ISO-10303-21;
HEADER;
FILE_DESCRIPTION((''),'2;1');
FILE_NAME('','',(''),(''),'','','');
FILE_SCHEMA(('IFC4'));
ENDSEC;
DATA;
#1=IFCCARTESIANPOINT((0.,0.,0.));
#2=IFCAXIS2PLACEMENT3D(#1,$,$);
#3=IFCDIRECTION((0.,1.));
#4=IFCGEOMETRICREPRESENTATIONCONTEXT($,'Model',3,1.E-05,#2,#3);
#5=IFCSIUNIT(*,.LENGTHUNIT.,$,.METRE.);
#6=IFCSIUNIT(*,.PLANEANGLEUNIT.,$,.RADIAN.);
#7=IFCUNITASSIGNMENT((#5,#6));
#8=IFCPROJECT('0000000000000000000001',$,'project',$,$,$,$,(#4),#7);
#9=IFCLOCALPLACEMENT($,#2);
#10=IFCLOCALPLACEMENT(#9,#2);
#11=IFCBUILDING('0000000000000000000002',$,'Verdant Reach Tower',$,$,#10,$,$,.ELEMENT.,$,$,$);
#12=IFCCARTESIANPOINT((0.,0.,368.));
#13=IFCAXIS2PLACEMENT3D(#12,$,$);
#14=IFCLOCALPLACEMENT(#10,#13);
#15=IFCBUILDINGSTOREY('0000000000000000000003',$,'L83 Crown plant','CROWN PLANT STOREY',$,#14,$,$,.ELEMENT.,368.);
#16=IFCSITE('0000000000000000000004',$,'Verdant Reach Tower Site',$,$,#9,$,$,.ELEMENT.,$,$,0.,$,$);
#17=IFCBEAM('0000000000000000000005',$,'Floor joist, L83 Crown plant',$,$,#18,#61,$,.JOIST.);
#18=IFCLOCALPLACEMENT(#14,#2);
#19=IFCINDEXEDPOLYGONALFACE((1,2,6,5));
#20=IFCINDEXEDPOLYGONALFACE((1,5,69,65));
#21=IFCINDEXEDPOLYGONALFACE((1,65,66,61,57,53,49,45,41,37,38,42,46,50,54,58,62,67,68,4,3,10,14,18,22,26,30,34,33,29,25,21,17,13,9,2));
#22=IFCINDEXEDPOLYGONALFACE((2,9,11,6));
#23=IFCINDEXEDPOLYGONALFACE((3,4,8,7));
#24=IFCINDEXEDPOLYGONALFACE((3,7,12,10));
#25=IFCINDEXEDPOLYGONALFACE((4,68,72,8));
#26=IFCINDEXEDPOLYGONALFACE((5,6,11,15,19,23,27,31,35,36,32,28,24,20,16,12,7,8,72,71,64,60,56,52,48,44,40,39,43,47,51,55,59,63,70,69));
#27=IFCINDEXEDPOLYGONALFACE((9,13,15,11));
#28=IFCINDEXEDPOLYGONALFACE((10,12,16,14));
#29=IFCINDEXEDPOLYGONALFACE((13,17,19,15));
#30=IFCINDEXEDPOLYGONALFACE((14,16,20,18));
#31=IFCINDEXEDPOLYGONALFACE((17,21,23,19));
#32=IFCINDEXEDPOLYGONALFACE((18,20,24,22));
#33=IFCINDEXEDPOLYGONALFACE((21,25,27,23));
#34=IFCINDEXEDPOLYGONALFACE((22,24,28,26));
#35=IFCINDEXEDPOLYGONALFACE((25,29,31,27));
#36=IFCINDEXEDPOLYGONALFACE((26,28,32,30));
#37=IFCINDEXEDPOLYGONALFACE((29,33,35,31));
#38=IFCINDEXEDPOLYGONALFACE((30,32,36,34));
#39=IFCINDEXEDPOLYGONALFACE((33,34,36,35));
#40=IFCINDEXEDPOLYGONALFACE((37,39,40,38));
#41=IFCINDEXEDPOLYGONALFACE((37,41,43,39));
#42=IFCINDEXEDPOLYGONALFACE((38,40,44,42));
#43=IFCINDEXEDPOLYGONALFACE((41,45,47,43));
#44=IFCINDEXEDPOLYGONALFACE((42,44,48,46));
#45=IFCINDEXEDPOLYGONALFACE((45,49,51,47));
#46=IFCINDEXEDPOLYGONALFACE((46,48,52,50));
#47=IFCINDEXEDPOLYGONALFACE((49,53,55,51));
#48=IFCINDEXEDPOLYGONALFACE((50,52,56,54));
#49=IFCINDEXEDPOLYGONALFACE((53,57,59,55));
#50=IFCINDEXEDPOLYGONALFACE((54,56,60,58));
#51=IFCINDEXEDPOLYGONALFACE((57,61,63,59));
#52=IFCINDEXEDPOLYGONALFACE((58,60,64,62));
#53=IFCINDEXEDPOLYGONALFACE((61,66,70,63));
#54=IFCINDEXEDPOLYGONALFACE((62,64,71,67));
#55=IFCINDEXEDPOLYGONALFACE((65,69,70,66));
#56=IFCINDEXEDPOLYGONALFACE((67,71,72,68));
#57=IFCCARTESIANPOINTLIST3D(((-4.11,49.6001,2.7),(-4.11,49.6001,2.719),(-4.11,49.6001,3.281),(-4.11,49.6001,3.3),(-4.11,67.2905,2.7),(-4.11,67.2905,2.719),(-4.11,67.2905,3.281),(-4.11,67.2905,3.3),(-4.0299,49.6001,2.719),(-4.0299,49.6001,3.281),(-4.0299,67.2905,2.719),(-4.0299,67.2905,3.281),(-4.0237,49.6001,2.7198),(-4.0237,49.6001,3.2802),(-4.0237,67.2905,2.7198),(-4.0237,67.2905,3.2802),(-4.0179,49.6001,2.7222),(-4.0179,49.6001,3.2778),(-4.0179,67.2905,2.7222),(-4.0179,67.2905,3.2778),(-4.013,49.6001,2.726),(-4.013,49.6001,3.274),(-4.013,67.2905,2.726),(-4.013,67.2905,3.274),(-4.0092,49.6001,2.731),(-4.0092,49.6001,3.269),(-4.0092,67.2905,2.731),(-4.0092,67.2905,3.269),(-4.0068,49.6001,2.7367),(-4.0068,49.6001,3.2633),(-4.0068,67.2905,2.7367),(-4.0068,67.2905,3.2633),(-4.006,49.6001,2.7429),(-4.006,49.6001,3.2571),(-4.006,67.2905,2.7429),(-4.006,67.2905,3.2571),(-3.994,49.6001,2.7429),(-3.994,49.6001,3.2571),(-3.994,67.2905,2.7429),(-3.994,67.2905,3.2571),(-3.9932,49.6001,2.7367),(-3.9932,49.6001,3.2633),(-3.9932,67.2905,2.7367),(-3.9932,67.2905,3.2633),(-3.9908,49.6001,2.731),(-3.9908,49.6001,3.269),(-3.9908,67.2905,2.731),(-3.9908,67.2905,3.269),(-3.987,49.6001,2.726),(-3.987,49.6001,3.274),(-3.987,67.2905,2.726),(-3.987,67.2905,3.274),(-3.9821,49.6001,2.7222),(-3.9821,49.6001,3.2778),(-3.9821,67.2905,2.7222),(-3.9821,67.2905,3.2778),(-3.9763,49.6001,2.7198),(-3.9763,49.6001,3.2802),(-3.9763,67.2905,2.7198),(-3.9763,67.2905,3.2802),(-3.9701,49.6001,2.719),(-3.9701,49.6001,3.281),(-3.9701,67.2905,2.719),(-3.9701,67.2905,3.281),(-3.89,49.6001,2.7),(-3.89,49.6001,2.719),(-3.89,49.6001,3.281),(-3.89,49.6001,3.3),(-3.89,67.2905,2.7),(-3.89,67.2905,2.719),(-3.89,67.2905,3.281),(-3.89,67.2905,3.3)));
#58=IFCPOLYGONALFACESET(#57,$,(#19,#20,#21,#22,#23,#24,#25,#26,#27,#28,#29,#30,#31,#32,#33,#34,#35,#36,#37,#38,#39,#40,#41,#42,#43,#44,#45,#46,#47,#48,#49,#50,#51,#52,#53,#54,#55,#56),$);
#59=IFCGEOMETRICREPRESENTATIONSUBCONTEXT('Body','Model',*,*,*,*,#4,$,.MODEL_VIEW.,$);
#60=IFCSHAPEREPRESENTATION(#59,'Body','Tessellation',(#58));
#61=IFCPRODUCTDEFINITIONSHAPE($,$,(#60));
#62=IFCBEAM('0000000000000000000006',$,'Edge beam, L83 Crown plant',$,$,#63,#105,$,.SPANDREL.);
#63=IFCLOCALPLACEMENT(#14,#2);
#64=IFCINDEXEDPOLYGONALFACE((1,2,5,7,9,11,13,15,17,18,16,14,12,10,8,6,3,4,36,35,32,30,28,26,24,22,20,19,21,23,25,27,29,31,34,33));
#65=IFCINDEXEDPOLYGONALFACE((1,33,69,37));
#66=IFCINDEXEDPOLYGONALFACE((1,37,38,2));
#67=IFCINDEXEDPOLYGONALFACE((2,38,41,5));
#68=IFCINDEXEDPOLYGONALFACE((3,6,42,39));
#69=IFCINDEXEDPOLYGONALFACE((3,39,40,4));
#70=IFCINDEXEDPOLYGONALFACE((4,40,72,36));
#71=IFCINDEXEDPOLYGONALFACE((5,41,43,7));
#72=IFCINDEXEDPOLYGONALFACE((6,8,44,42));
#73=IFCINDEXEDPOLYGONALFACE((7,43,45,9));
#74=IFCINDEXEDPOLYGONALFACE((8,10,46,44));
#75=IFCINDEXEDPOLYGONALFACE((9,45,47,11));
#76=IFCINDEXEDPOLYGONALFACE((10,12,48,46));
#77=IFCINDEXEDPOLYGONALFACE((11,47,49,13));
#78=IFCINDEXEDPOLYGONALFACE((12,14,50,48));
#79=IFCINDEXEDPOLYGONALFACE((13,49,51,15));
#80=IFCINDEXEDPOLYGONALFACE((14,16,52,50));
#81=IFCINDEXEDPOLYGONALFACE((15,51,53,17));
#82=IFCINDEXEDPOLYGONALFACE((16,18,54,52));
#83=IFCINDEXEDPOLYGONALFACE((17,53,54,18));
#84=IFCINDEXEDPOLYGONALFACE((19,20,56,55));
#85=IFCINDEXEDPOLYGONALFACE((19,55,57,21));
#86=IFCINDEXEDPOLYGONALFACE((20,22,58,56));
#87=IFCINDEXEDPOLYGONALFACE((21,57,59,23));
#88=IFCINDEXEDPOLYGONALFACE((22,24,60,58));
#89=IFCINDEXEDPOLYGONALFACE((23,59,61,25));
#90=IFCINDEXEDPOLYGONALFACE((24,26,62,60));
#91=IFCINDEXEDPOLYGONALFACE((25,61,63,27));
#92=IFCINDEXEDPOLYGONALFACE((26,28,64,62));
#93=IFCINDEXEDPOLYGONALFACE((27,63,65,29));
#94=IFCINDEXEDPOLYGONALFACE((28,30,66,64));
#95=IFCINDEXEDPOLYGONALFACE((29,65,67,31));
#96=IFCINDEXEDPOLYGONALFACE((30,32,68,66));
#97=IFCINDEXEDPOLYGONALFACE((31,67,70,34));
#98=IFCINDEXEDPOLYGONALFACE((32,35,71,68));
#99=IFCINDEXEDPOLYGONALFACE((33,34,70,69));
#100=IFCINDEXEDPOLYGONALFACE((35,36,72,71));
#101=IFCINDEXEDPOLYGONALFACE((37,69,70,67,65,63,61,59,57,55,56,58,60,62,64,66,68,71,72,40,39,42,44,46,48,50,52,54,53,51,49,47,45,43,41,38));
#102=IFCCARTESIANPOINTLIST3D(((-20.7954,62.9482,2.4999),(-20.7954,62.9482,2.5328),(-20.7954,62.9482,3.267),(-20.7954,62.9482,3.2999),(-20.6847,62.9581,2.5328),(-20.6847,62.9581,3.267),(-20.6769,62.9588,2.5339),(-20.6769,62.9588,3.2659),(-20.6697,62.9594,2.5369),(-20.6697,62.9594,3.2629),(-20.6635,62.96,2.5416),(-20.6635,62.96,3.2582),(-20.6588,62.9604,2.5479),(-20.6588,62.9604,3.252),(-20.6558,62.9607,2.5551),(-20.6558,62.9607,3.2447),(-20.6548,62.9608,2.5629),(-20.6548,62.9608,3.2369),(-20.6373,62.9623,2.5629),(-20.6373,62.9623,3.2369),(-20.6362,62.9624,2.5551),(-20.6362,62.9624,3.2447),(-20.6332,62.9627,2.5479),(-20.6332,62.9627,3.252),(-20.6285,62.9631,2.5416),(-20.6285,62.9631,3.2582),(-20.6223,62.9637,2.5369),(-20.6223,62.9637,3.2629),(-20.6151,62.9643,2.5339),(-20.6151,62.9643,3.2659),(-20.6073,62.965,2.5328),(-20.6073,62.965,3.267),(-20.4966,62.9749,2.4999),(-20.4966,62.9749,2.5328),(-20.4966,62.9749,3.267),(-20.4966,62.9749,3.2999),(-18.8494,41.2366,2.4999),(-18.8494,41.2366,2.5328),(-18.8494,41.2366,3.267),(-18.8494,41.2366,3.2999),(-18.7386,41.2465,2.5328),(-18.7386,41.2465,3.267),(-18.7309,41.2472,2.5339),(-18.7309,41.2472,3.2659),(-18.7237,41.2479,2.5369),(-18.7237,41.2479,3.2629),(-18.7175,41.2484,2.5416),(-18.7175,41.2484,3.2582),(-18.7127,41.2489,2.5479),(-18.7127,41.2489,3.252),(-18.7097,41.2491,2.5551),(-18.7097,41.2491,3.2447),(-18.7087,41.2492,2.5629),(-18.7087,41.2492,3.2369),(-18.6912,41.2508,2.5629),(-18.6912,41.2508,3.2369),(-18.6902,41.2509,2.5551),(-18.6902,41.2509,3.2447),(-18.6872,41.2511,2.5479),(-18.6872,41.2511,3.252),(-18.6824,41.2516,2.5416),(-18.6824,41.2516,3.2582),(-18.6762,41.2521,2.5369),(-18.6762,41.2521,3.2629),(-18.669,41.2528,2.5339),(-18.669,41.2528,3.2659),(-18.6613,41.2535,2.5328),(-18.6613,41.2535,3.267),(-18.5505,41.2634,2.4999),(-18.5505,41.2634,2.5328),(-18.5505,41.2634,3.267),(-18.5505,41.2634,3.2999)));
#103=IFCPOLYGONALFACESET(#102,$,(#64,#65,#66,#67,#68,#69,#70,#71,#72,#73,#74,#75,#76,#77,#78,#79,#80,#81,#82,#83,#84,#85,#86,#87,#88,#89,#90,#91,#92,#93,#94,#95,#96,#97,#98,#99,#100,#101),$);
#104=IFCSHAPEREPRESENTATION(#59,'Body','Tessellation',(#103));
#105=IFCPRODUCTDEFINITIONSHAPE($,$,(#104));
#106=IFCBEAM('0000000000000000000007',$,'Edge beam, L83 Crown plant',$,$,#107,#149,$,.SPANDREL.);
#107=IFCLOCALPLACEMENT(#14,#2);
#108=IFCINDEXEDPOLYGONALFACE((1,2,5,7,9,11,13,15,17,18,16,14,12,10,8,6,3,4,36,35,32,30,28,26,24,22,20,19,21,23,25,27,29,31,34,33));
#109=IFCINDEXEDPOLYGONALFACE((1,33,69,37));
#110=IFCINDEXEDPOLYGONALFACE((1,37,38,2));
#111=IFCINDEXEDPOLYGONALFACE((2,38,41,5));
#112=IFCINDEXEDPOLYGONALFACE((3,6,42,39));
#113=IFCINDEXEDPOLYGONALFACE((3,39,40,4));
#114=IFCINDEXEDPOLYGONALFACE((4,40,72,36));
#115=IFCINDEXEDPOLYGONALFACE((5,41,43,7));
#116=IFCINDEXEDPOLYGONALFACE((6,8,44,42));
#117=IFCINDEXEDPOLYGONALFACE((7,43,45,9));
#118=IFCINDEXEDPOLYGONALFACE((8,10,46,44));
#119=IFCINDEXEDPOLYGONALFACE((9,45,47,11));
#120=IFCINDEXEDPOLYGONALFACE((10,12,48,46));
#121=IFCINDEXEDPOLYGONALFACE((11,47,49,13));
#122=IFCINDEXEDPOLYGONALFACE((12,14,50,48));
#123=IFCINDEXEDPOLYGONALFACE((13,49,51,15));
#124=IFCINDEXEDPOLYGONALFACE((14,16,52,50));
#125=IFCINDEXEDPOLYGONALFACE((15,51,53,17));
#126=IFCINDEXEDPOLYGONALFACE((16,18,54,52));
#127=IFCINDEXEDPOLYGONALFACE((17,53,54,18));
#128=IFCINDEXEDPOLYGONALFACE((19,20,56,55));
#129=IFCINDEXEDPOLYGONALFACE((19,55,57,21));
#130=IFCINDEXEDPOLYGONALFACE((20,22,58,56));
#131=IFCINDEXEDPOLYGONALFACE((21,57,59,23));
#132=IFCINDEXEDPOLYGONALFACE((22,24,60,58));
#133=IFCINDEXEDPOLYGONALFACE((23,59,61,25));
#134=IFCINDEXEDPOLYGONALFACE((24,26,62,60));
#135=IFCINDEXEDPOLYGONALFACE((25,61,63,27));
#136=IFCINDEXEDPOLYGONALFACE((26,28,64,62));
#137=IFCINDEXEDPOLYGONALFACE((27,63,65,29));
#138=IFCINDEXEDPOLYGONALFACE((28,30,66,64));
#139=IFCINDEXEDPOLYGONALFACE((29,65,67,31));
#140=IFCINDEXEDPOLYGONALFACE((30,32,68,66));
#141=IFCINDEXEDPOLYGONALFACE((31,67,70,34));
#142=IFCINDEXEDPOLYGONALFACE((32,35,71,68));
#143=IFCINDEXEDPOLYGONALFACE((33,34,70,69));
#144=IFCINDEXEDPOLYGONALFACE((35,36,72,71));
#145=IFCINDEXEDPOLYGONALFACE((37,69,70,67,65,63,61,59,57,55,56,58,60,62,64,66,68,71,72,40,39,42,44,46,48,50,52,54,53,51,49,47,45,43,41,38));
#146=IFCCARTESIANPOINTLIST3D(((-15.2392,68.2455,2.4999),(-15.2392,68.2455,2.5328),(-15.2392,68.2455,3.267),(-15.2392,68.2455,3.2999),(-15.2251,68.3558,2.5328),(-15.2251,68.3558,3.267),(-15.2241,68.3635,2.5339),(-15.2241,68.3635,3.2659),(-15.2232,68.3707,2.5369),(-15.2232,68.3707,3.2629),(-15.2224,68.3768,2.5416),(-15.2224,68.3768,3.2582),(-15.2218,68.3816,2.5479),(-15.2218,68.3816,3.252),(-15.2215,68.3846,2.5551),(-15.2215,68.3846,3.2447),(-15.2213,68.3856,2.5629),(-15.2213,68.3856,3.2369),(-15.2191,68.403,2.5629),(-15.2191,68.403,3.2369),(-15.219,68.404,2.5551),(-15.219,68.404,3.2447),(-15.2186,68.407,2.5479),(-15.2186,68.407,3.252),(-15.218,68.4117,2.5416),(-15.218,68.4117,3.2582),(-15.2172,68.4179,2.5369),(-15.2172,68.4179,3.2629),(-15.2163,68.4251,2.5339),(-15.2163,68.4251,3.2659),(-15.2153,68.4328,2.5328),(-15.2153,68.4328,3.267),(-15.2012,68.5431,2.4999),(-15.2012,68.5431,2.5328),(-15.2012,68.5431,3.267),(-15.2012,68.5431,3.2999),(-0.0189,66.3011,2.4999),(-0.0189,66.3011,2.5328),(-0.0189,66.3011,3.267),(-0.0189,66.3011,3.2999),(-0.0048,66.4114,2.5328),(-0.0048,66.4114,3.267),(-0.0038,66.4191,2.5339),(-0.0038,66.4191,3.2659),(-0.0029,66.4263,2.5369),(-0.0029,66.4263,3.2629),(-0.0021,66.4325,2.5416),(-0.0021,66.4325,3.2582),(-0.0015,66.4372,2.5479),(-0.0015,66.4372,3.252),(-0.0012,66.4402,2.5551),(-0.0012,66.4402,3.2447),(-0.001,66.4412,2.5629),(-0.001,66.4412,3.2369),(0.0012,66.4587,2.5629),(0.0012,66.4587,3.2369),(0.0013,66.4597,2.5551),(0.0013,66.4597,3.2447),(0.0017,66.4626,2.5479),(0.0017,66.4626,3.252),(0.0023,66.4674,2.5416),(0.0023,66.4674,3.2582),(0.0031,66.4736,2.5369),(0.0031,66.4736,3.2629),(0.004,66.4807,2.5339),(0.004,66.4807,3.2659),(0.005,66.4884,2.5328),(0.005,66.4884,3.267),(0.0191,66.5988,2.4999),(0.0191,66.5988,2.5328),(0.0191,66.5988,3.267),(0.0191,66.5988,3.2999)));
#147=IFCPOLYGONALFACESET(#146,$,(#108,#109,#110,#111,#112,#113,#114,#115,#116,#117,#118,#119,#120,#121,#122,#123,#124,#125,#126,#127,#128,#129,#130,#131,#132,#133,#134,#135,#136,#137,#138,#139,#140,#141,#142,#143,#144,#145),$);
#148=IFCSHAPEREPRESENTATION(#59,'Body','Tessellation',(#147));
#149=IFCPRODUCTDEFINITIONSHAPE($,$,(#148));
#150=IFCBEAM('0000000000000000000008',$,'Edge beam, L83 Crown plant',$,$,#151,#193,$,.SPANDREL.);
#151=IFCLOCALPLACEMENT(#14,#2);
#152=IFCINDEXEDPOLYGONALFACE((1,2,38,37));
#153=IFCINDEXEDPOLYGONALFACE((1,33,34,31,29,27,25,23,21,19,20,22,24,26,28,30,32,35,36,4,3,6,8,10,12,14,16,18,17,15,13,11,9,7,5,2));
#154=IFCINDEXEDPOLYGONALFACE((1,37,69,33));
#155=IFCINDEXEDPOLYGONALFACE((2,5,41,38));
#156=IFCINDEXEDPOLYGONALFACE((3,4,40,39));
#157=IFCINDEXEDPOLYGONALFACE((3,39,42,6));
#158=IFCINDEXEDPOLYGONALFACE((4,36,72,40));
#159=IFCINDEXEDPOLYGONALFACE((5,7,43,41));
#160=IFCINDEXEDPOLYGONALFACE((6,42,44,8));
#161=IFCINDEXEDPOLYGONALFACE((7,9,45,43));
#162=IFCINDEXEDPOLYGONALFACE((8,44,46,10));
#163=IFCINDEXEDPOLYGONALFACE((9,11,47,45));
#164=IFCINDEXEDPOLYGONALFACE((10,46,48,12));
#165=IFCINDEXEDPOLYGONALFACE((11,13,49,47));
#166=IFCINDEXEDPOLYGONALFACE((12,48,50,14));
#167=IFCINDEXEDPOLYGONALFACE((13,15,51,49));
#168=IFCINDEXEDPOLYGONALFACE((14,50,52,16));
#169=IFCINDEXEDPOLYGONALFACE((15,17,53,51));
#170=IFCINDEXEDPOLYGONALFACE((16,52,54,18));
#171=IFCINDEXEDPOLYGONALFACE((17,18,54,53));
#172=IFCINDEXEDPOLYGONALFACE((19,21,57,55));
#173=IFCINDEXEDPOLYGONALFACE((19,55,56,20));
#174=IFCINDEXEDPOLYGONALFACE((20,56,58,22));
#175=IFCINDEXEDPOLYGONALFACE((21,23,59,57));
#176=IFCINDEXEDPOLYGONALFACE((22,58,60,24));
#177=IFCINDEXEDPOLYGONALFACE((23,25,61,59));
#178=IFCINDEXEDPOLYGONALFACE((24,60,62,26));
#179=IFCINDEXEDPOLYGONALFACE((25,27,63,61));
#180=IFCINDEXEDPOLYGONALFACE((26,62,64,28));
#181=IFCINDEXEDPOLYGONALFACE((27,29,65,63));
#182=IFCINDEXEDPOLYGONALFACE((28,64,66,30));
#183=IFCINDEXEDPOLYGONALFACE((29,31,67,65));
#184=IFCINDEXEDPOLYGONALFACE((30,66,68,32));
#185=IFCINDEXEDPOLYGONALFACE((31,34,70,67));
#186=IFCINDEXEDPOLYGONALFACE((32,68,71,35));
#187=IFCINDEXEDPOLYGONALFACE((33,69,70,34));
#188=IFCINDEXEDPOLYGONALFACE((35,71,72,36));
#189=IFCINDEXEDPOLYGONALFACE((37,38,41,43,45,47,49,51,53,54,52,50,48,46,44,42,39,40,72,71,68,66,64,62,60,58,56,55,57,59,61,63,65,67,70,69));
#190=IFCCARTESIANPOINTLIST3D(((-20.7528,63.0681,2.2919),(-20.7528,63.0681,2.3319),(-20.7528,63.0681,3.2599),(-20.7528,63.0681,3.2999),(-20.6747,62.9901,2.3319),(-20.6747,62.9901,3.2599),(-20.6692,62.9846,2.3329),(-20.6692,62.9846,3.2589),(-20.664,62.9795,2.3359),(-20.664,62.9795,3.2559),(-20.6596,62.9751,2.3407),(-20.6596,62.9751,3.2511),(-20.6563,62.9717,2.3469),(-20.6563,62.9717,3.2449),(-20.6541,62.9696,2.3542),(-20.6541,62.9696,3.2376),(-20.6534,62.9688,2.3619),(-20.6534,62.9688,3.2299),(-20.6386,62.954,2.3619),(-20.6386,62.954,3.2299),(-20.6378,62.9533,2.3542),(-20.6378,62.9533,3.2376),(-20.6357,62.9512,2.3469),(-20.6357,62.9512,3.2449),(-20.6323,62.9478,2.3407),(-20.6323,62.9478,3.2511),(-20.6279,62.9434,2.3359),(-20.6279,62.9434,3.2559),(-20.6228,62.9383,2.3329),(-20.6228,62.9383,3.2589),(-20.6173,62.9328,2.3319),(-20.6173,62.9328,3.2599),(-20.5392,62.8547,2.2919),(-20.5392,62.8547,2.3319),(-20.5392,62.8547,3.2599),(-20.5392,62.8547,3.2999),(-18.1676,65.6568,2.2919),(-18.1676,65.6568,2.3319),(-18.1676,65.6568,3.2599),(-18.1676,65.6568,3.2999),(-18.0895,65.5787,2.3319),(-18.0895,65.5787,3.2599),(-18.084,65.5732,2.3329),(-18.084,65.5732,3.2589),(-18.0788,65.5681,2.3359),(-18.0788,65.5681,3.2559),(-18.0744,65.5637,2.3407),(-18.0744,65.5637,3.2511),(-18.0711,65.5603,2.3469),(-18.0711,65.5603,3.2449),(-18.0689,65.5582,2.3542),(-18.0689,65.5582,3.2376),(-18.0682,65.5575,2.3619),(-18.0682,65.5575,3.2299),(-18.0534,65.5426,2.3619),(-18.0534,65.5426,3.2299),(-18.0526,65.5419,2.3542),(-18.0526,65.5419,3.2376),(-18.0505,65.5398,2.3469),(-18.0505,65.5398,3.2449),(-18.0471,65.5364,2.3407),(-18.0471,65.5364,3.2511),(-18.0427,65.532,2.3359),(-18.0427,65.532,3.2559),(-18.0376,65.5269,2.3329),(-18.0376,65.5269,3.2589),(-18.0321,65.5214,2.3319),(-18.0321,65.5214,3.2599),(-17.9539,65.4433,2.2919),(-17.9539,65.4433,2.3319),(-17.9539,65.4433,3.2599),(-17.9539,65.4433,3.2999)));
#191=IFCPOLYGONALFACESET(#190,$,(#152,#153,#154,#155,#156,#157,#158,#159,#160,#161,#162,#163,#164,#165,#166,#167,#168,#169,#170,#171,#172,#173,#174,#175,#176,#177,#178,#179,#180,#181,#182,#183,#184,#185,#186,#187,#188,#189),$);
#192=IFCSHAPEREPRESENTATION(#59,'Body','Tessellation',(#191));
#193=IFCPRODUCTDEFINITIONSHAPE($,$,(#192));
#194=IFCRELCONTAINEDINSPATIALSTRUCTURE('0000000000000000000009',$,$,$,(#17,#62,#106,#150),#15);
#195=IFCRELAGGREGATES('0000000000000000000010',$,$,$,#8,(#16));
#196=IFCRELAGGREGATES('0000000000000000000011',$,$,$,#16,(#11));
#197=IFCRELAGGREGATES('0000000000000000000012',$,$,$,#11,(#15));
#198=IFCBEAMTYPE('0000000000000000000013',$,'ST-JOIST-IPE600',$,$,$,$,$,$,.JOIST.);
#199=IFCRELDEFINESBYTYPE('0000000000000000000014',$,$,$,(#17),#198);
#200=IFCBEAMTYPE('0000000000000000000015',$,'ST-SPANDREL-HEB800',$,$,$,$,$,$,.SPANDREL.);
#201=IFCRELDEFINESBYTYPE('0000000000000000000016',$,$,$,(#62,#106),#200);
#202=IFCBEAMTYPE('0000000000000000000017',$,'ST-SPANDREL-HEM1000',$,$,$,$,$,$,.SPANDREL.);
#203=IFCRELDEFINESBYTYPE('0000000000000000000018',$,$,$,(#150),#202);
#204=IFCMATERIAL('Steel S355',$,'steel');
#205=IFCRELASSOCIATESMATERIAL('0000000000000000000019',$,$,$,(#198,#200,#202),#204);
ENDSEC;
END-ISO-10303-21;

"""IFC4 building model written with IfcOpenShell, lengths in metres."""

from ifc_helpers import new_model, si_unit, direction, frame, origin, origin_2d, place, context, subcontext, project, spatial, i_section, extrude, material, material_profile, profile_set, type_object, element, save


model = new_model("IFC4")

# Units and contexts
model_context = context("Model", 3, precision=1e-05, world=origin(), true_north=direction((0.0, 1.0)))
body_context = subcontext(model_context, "Body", "Model", "MODEL_VIEW")
ifc_project = project(units=[si_unit("LENGTHUNIT", "METRE"), si_unit("PLANEANGLEUNIT", "RADIAN")], contexts=[model_context])

# Site, building, storey
site_placement = place(None, origin())
site = spatial("IfcSite", under=ifc_project, at=site_placement, Name="Verdant Reach Tower Site", CompositionType="ELEMENT", RefElevation=0.0)
building_placement = place(site_placement, origin())
building = spatial("IfcBuilding", under=site, at=building_placement, Name="Verdant Reach Tower", CompositionType="ELEMENT")
storey_placement = place(building_placement, frame((0.0, 0.0, 368.0)))
storey = spatial("IfcBuildingStorey", under=building, at=storey_placement, Name="L83 Crown plant", Description="CROWN PLANT STOREY", CompositionType="ELEMENT", Elevation=368.0)

# Beams
ifc_material_1 = material(Name="Steel S355", Category="steel")
ifc_material_profile_1 = material_profile(ifc_material_1, i_section(OverallWidth=0.22, OverallDepth=0.6001, WebThickness=0.012, FlangeThickness=0.019, FilletRadius=0.0239, at=origin_2d()), Name="IPE 600")
ifc_profile_set_1 = profile_set([ifc_material_profile_1], Name="Steel S355")
beam_type_1 = type_object("IfcBeamType", Name="ST-JOIST-IPE600", PredefinedType="JOIST", material=ifc_profile_set_1)
beam_1_placement = place(storey_placement, frame((-4.0, 49.6001, 3.0), z_axis=(0.0, 1.0, 0.0), x_axis=(-1.0, 0.0, 0.0)))
element("IfcBeam", 1, at=beam_1_placement, inside=storey, type_object=beam_type_1, Name="Floor joist, L83 Crown plant", PredefinedType="JOIST", context=body_context, shape_type="SweptSolid", body=[
    extrude(i_section(OverallWidth=0.22, OverallDepth=0.6001, WebThickness=0.012, FlangeThickness=0.019, FilletRadius=0.0239, at=origin_2d()), origin(), (0.0, 0.0, 1.0), 17.6904),
])
ifc_material_profile_2 = material_profile(ifc_material_1, i_section(OverallWidth=0.3, OverallDepth=0.8, WebThickness=0.0176, FlangeThickness=0.033, FilletRadius=0.03, at=origin_2d()), Name="HEB 800")
ifc_profile_set_2 = profile_set([ifc_material_profile_2], Name="Steel S355")
beam_type_2 = type_object("IfcBeamType", Name="ST-SPANDREL-HEB800", PredefinedType="SPANDREL", material=ifc_profile_set_2)
beam_2_placement = place(storey_placement, frame((-18.7, 41.25, 2.8999), z_axis=(-0.089274, 0.996007, 0.0), x_axis=(-0.996007, -0.089274, 0.0)))
element("IfcBeam", 2, at=beam_2_placement, inside=storey, type_object=beam_type_2, Name="Edge beam, L83 Crown plant", PredefinedType="SPANDREL", context=body_context, shape_type="SweptSolid", body=[
    extrude(i_section(OverallWidth=0.3, OverallDepth=0.8, WebThickness=0.0176, FlangeThickness=0.033, FilletRadius=0.03, at=origin_2d()), origin(), (0.0, 0.0, 1.0), 21.7986),
])
beam_3_placement = place(storey_placement, frame((-15.2202, 68.3943, 2.8999), z_axis=(0.991939, -0.126717, 0.0), x_axis=(0.126717, 0.991939, 0.0)))
element("IfcBeam", 3, at=beam_3_placement, inside=storey, type_object=beam_type_2, Name="Edge beam, L83 Crown plant", PredefinedType="SPANDREL", context=body_context, shape_type="SweptSolid", body=[
    extrude(i_section(OverallWidth=0.3, OverallDepth=0.8, WebThickness=0.0176, FlangeThickness=0.033, FilletRadius=0.03, at=origin_2d()), origin(), (0.0, 0.0, 1.0), 15.344),
])
ifc_material_profile_3 = material_profile(ifc_material_1, i_section(OverallWidth=0.302, OverallDepth=1.0081, WebThickness=0.021, FlangeThickness=0.04, FilletRadius=0.03, at=origin_2d()), Name="HEM 1000")
ifc_profile_set_3 = profile_set([ifc_material_profile_3], Name="Steel S355")
beam_type_3 = type_object("IfcBeamType", Name="ST-SPANDREL-HEM1000", PredefinedType="SPANDREL", material=ifc_profile_set_3)
beam_4_placement = place(storey_placement, frame((-20.646, 62.9614, 2.7959), z_axis=(0.706639, 0.707574, 0.0), x_axis=(-0.707574, 0.706639, 0.0)))
element("IfcBeam", 4, at=beam_4_placement, inside=storey, type_object=beam_type_3, Name="Edge beam, L83 Crown plant", PredefinedType="SPANDREL", context=body_context, shape_type="SweptSolid", body=[
    extrude(i_section(OverallWidth=0.302, OverallDepth=1.0081, WebThickness=0.021, FlangeThickness=0.04, FilletRadius=0.03, at=origin_2d()), origin(), (0.0, 0.0, 1.0), 3.6584),
])

save(model, "model.ifc")
